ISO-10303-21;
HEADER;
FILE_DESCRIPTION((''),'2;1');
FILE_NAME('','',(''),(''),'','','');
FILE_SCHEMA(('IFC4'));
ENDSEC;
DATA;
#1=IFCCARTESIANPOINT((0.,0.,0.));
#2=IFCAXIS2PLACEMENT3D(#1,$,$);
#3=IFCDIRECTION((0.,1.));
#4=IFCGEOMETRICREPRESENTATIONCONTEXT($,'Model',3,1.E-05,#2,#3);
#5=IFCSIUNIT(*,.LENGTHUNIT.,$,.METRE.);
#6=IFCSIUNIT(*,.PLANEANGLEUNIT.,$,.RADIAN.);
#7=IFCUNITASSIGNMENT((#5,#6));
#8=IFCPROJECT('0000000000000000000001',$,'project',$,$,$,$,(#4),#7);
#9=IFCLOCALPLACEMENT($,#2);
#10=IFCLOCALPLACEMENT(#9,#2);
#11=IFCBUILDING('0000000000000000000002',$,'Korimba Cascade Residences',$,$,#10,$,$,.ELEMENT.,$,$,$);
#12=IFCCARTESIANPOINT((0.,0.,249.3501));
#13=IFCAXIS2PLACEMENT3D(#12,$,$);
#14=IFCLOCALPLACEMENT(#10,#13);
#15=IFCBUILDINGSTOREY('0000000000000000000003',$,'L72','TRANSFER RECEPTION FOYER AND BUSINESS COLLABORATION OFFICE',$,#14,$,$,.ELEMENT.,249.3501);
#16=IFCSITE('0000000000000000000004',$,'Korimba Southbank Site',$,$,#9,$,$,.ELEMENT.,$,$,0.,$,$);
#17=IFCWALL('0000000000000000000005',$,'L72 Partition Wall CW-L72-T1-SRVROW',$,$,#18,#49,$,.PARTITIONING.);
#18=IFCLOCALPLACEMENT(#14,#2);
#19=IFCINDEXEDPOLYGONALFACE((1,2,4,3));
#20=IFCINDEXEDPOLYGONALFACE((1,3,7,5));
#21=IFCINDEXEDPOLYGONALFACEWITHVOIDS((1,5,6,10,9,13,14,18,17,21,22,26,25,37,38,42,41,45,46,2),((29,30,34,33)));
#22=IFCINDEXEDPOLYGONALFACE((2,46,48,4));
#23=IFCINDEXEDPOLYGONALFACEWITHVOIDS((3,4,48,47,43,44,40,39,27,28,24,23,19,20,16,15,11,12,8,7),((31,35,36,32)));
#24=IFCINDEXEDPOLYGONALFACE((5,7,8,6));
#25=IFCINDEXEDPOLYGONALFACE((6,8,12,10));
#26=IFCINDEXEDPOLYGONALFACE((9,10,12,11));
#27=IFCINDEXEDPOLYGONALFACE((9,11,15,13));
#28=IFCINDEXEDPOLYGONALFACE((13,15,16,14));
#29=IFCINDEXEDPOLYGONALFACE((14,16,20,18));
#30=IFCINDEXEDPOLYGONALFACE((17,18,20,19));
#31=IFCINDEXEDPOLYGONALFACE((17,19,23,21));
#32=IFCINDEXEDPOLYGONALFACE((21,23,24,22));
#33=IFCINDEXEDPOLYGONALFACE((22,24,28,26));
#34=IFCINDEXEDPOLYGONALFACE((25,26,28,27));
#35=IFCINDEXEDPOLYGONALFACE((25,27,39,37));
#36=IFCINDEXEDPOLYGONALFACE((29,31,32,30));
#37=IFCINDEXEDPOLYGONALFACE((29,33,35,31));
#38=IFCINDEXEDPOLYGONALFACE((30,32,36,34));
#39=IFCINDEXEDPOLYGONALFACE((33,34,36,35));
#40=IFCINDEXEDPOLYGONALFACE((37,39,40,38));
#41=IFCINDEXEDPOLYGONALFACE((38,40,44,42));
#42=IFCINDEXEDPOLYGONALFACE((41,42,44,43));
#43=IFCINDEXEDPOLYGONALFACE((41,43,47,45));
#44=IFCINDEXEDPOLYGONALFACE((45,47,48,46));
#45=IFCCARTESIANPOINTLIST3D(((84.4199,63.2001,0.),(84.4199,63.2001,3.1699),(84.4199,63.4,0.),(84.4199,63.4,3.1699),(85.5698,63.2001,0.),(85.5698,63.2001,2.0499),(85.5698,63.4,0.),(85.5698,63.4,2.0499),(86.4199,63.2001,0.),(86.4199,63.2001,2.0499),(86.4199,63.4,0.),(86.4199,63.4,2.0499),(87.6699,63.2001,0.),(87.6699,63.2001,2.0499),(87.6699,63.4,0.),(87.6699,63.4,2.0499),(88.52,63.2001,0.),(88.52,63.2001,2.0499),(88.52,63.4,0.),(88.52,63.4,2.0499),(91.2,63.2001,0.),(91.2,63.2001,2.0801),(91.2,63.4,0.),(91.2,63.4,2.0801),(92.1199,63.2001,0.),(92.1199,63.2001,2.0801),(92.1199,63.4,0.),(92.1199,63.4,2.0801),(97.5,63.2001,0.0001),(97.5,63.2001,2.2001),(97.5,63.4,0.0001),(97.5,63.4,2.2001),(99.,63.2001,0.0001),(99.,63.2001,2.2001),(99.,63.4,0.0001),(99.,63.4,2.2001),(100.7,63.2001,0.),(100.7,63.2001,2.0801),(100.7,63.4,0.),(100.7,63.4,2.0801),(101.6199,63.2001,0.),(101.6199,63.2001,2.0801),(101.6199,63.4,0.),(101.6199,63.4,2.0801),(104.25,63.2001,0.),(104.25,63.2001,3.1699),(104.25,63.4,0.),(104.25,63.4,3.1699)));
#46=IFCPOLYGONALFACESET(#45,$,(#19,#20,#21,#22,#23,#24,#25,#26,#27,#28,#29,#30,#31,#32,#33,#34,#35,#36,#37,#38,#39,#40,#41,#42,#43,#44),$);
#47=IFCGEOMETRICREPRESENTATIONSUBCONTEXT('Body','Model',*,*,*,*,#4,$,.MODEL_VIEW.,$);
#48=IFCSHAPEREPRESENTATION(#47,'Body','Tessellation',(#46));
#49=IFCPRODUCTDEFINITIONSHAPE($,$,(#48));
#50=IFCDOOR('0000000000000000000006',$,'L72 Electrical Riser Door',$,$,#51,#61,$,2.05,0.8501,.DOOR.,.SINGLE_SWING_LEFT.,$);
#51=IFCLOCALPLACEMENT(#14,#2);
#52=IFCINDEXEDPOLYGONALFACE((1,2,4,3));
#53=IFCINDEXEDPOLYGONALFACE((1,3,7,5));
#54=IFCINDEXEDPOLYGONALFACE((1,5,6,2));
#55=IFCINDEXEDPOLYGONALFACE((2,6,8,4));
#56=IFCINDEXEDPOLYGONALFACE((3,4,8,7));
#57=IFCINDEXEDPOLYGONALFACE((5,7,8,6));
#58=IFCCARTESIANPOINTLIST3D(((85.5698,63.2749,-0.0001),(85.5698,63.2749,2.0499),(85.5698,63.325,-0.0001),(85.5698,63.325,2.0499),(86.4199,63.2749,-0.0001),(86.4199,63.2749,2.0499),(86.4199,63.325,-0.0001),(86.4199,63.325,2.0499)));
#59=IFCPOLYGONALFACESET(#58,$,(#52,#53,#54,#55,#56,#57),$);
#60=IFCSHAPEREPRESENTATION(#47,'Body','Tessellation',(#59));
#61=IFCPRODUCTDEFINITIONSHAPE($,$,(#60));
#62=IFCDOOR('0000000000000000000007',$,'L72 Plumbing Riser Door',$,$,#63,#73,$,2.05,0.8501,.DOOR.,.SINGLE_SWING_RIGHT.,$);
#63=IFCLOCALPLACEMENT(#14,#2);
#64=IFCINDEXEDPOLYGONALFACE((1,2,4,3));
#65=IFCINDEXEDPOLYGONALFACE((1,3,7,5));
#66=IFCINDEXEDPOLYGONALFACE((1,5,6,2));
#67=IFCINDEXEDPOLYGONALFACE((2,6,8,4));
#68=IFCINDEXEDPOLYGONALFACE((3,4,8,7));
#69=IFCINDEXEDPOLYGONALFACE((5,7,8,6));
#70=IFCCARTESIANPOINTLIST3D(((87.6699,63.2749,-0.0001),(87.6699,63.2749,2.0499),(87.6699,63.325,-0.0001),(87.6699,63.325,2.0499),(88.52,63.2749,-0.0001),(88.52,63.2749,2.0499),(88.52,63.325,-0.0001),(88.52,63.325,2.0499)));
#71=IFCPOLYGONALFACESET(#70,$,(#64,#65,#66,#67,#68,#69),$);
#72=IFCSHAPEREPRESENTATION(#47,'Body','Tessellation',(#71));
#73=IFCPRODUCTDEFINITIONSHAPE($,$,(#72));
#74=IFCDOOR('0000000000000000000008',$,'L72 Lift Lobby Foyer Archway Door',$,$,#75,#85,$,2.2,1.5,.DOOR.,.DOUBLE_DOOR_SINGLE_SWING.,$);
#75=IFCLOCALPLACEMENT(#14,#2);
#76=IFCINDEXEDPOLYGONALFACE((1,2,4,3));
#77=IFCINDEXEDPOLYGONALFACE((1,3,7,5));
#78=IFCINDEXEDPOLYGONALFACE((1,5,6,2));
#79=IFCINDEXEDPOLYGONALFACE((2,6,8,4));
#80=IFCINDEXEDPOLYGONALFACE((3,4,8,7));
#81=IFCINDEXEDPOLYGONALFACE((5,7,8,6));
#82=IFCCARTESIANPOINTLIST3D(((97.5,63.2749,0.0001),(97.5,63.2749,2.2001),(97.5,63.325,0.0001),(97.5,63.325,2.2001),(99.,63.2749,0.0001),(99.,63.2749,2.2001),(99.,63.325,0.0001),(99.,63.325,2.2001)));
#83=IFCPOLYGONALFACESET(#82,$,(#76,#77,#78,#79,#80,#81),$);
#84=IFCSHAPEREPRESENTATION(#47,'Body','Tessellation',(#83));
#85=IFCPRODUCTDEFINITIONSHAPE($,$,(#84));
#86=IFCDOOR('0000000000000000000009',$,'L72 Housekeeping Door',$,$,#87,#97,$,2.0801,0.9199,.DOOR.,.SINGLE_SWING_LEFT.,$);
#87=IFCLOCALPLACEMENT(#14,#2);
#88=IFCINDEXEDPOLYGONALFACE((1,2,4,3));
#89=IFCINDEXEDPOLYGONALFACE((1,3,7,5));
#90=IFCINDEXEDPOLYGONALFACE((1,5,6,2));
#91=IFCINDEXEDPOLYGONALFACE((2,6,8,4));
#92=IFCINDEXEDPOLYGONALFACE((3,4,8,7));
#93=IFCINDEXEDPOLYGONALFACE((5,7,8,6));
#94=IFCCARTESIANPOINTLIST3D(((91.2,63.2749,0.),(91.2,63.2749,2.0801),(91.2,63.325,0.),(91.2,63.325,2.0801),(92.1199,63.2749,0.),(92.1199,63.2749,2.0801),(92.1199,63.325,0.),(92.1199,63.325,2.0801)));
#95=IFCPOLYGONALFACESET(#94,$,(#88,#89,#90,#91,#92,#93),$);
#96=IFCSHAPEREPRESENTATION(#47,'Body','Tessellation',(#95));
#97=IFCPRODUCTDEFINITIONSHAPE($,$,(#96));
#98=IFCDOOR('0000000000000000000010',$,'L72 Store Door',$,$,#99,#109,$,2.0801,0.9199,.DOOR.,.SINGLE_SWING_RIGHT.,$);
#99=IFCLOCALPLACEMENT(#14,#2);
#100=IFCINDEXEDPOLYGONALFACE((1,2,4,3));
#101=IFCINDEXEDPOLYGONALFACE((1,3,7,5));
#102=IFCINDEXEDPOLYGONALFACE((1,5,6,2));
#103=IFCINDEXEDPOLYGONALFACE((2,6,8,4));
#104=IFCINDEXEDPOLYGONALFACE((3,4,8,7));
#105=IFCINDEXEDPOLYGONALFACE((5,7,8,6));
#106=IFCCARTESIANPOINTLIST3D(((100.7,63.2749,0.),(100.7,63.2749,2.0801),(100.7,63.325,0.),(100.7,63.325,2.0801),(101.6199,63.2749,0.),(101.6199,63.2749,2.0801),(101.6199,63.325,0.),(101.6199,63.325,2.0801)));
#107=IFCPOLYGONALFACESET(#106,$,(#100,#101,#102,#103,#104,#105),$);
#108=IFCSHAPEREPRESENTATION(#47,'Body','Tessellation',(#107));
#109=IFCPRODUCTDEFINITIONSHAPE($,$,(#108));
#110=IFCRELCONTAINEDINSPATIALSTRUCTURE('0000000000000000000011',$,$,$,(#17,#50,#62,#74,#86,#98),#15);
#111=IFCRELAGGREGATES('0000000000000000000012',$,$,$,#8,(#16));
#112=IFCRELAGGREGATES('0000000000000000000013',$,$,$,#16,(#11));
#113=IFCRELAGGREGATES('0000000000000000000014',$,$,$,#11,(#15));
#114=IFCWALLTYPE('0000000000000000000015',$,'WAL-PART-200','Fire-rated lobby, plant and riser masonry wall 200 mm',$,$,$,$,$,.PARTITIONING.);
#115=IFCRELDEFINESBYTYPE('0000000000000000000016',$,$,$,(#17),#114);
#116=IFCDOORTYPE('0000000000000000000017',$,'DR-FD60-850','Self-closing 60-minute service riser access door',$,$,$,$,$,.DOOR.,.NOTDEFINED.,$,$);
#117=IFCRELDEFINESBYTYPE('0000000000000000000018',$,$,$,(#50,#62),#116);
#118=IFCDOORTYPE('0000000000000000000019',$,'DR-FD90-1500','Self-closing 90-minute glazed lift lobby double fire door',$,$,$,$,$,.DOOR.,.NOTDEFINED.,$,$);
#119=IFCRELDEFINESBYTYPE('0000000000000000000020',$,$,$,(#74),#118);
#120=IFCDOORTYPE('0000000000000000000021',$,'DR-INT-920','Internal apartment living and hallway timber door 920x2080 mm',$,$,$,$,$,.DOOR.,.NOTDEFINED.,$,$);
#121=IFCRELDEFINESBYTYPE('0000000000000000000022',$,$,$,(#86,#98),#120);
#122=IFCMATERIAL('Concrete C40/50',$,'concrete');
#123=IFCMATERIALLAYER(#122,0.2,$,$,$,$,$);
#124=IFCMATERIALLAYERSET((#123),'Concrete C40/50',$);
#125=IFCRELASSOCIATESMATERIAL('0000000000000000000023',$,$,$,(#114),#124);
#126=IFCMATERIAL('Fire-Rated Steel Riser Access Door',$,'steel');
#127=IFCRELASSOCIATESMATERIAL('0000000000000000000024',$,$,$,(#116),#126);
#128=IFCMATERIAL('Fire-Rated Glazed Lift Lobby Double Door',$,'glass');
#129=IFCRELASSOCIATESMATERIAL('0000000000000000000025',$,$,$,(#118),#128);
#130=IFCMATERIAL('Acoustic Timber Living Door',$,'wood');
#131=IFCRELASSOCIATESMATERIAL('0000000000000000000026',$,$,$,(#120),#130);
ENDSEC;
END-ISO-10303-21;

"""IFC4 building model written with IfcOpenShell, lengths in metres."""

from ifc_helpers import new_model, si_unit, direction, frame, frame_2d, origin, place, context, subcontext, project, spatial, rectangle, extrude, material, layer, layer_set, type_object, element, fill, save


model = new_model("IFC4")

# Units and contexts
model_context = context("Model", 3, precision=1e-05, world=origin(), true_north=direction((0.0, 1.0)))
body_context = subcontext(model_context, "Body", "Model", "MODEL_VIEW")
ifc_project = project(units=[si_unit("LENGTHUNIT", "METRE"), si_unit("PLANEANGLEUNIT", "RADIAN")], contexts=[model_context])

# Site, building, storey
site_placement = place(None, origin())
site = spatial("IfcSite", under=ifc_project, at=site_placement, Name="Korimba Southbank Site", CompositionType="ELEMENT", RefElevation=0.0)
building_placement = place(site_placement, origin())
building = spatial("IfcBuilding", under=site, at=building_placement, Name="Korimba Cascade Residences", CompositionType="ELEMENT")
storey_placement = place(building_placement, frame((0.0, 0.0, 249.3501)))
storey = spatial("IfcBuildingStorey", under=building, at=storey_placement, Name="L72", Description="TRANSFER RECEPTION FOYER AND BUSINESS COLLABORATION OFFICE", CompositionType="ELEMENT", Elevation=249.3501)

# Shared definitions
ifc_material_1 = material(Name="Concrete C40/50", Category="concrete")
ifc_layer_1 = layer(ifc_material_1, 0.2)
ifc_layer_set_1 = layer_set([ifc_layer_1], Name="Concrete C40/50")
wall_type_1 = type_object("IfcWallType", Name="WAL-PART-200", Description="Fire-rated lobby, plant and riser masonry wall 200 mm", PredefinedType="PARTITIONING", material=ifc_layer_set_1)

# Wall, openings, doors
wall_1_placement = place(storey_placement, frame((84.4199, 63.3, 0.0), z_axis=(0.0, 0.0, 1.0), x_axis=(1.0, 0.0, 0.0)))
wall_1 = element("IfcWall", 1, at=wall_1_placement, inside=storey, type_object=wall_type_1, Name="L72 Partition Wall CW-L72-T1-SRVROW", PredefinedType="PARTITIONING", context=body_context, shape_type="SweptSolid", body=[
    extrude(rectangle(XDim=19.8301, YDim=0.2, at=frame_2d((9.915, 0.0))), origin(), (0.0, 0.0, 1.0), 3.1699),
])
opening_1_placement = place(wall_1_placement, frame((1.1499, 0.0, 0.0)))
opening_1 = element("IfcOpeningElement", 2, at=opening_1_placement, cuts=wall_1, PredefinedType="OPENING", context=body_context, shape_type="SweptSolid", body=[
    extrude(rectangle(XDim=0.8501, YDim=2.05, at=frame_2d((0.425, 1.0249))), frame((0.0, 0.1099, 0.0), z_axis=(0.0, -1.0, 0.0), x_axis=(1.0, 0.0, 0.0)), (0.0, 0.0, 1.0), 0.22),
])
opening_2_placement = place(wall_1_placement, frame((3.25, 0.0, 0.0)))
opening_2 = element("IfcOpeningElement", 3, at=opening_2_placement, cuts=wall_1, PredefinedType="OPENING", context=body_context, shape_type="SweptSolid", body=[
    extrude(rectangle(XDim=0.8501, YDim=2.05, at=frame_2d((0.425, 1.0249))), frame((0.0, 0.1099, 0.0), z_axis=(0.0, -1.0, 0.0), x_axis=(1.0, 0.0, 0.0)), (0.0, 0.0, 1.0), 0.22),
])
opening_3_placement = place(wall_1_placement, frame((13.0801, 0.0, 0.0)))
opening_3 = element("IfcOpeningElement", 4, at=opening_3_placement, cuts=wall_1, PredefinedType="OPENING", context=body_context, shape_type="SweptSolid", body=[
    extrude(rectangle(XDim=1.5, YDim=2.2, at=frame_2d((0.75, 1.1001))), frame((0.0, 0.1099, 0.0), z_axis=(0.0, -1.0, 0.0), x_axis=(1.0, 0.0, 0.0)), (0.0, 0.0, 1.0), 0.22),
])
opening_4_placement = place(wall_1_placement, frame((6.78, 0.0, 0.0)))
opening_4 = element("IfcOpeningElement", 5, at=opening_4_placement, cuts=wall_1, PredefinedType="OPENING", context=body_context, shape_type="SweptSolid", body=[
    extrude(rectangle(XDim=0.9199, YDim=2.0801, at=frame_2d((0.46, 1.04))), frame((0.0, 0.1099, 0.0), z_axis=(0.0, -1.0, 0.0), x_axis=(1.0, 0.0, 0.0)), (0.0, 0.0, 1.0), 0.22),
])
opening_5_placement = place(wall_1_placement, frame((16.28, 0.0, 0.0)))
opening_5 = element("IfcOpeningElement", 6, at=opening_5_placement, cuts=wall_1, PredefinedType="OPENING", context=body_context, shape_type="SweptSolid", body=[
    extrude(rectangle(XDim=0.9199, YDim=2.0801, at=frame_2d((0.46, 1.04))), frame((0.0, 0.1099, 0.0), z_axis=(0.0, -1.0, 0.0), x_axis=(1.0, 0.0, 0.0)), (0.0, 0.0, 1.0), 0.22),
])
ifc_material_2 = material(Name="Fire-Rated Steel Riser Access Door", Category="steel")
door_type_1 = type_object("IfcDoorType", Name="DR-FD60-850", Description="Self-closing 60-minute service riser access door", OperationType="NOTDEFINED", PredefinedType="DOOR", material=ifc_material_2)
door_1_placement = place(opening_1_placement, origin())
door_1 = element("IfcDoor", 7, at=door_1_placement, inside=storey, type_object=door_type_1, Name="L72 Electrical Riser Door", OperationType="SINGLE_SWING_LEFT", OverallHeight=2.05, OverallWidth=0.8501, PredefinedType="DOOR", context=body_context, shape_type="SweptSolid", body=[
    extrude(rectangle(XDim=0.8501, YDim=2.05, at=frame_2d((0.425, 1.0249))), frame((0.0, 0.0249, 0.0), z_axis=(0.0, -1.0, 0.0), x_axis=(1.0, 0.0, 0.0)), (0.0, 0.0, 1.0), 0.05),
])
fill(opening_1, door_1)
door_2_placement = place(opening_2_placement, origin())
door_2 = element("IfcDoor", 8, at=door_2_placement, inside=storey, type_object=door_type_1, Name="L72 Plumbing Riser Door", OperationType="SINGLE_SWING_RIGHT", OverallHeight=2.05, OverallWidth=0.8501, PredefinedType="DOOR", context=body_context, shape_type="SweptSolid", body=[
    extrude(rectangle(XDim=0.8501, YDim=2.05, at=frame_2d((0.425, 1.0249))), frame((0.0, 0.0249, 0.0), z_axis=(0.0, -1.0, 0.0), x_axis=(1.0, 0.0, 0.0)), (0.0, 0.0, 1.0), 0.05),
])
fill(opening_2, door_2)
ifc_material_3 = material(Name="Fire-Rated Glazed Lift Lobby Double Door", Category="glass")
door_type_2 = type_object("IfcDoorType", Name="DR-FD90-1500", Description="Self-closing 90-minute glazed lift lobby double fire door", OperationType="NOTDEFINED", PredefinedType="DOOR", material=ifc_material_3)
door_3_placement = place(opening_3_placement, origin())
door_3 = element("IfcDoor", 9, at=door_3_placement, inside=storey, type_object=door_type_2, Name="L72 Lift Lobby Foyer Archway Door", OperationType="DOUBLE_DOOR_SINGLE_SWING", OverallHeight=2.2, OverallWidth=1.5, PredefinedType="DOOR", context=body_context, shape_type="SweptSolid", body=[
    extrude(rectangle(XDim=1.5, YDim=2.2, at=frame_2d((0.75, 1.1001))), frame((0.0, 0.0249, 0.0), z_axis=(0.0, -1.0, 0.0), x_axis=(1.0, 0.0, 0.0)), (0.0, 0.0, 1.0), 0.05),
])
fill(opening_3, door_3)
ifc_material_4 = material(Name="Acoustic Timber Living Door", Category="wood")
door_type_3 = type_object("IfcDoorType", Name="DR-INT-920", Description="Internal apartment living and hallway timber door 920x2080 mm", OperationType="NOTDEFINED", PredefinedType="DOOR", material=ifc_material_4)
door_4_placement = place(opening_4_placement, origin())
door_4 = element("IfcDoor", 10, at=door_4_placement, inside=storey, type_object=door_type_3, Name="L72 Housekeeping Door", OperationType="SINGLE_SWING_LEFT", OverallHeight=2.0801, OverallWidth=0.9199, PredefinedType="DOOR", context=body_context, shape_type="SweptSolid", body=[
    extrude(rectangle(XDim=0.9199, YDim=2.0801, at=frame_2d((0.46, 1.04))), frame((0.0, 0.0249, 0.0), z_axis=(0.0, -1.0, 0.0), x_axis=(1.0, 0.0, 0.0)), (0.0, 0.0, 1.0), 0.05),
])
fill(opening_4, door_4)
door_5_placement = place(opening_5_placement, origin())
door_5 = element("IfcDoor", 11, at=door_5_placement, inside=storey, type_object=door_type_3, Name="L72 Store Door", OperationType="SINGLE_SWING_RIGHT", OverallHeight=2.0801, OverallWidth=0.9199, PredefinedType="DOOR", context=body_context, shape_type="SweptSolid", body=[
    extrude(rectangle(XDim=0.9199, YDim=2.0801, at=frame_2d((0.46, 1.04))), frame((0.0, 0.0249, 0.0), z_axis=(0.0, -1.0, 0.0), x_axis=(1.0, 0.0, 0.0)), (0.0, 0.0, 1.0), 0.05),
])
fill(opening_5, door_5)

save(model, "model.ifc")
